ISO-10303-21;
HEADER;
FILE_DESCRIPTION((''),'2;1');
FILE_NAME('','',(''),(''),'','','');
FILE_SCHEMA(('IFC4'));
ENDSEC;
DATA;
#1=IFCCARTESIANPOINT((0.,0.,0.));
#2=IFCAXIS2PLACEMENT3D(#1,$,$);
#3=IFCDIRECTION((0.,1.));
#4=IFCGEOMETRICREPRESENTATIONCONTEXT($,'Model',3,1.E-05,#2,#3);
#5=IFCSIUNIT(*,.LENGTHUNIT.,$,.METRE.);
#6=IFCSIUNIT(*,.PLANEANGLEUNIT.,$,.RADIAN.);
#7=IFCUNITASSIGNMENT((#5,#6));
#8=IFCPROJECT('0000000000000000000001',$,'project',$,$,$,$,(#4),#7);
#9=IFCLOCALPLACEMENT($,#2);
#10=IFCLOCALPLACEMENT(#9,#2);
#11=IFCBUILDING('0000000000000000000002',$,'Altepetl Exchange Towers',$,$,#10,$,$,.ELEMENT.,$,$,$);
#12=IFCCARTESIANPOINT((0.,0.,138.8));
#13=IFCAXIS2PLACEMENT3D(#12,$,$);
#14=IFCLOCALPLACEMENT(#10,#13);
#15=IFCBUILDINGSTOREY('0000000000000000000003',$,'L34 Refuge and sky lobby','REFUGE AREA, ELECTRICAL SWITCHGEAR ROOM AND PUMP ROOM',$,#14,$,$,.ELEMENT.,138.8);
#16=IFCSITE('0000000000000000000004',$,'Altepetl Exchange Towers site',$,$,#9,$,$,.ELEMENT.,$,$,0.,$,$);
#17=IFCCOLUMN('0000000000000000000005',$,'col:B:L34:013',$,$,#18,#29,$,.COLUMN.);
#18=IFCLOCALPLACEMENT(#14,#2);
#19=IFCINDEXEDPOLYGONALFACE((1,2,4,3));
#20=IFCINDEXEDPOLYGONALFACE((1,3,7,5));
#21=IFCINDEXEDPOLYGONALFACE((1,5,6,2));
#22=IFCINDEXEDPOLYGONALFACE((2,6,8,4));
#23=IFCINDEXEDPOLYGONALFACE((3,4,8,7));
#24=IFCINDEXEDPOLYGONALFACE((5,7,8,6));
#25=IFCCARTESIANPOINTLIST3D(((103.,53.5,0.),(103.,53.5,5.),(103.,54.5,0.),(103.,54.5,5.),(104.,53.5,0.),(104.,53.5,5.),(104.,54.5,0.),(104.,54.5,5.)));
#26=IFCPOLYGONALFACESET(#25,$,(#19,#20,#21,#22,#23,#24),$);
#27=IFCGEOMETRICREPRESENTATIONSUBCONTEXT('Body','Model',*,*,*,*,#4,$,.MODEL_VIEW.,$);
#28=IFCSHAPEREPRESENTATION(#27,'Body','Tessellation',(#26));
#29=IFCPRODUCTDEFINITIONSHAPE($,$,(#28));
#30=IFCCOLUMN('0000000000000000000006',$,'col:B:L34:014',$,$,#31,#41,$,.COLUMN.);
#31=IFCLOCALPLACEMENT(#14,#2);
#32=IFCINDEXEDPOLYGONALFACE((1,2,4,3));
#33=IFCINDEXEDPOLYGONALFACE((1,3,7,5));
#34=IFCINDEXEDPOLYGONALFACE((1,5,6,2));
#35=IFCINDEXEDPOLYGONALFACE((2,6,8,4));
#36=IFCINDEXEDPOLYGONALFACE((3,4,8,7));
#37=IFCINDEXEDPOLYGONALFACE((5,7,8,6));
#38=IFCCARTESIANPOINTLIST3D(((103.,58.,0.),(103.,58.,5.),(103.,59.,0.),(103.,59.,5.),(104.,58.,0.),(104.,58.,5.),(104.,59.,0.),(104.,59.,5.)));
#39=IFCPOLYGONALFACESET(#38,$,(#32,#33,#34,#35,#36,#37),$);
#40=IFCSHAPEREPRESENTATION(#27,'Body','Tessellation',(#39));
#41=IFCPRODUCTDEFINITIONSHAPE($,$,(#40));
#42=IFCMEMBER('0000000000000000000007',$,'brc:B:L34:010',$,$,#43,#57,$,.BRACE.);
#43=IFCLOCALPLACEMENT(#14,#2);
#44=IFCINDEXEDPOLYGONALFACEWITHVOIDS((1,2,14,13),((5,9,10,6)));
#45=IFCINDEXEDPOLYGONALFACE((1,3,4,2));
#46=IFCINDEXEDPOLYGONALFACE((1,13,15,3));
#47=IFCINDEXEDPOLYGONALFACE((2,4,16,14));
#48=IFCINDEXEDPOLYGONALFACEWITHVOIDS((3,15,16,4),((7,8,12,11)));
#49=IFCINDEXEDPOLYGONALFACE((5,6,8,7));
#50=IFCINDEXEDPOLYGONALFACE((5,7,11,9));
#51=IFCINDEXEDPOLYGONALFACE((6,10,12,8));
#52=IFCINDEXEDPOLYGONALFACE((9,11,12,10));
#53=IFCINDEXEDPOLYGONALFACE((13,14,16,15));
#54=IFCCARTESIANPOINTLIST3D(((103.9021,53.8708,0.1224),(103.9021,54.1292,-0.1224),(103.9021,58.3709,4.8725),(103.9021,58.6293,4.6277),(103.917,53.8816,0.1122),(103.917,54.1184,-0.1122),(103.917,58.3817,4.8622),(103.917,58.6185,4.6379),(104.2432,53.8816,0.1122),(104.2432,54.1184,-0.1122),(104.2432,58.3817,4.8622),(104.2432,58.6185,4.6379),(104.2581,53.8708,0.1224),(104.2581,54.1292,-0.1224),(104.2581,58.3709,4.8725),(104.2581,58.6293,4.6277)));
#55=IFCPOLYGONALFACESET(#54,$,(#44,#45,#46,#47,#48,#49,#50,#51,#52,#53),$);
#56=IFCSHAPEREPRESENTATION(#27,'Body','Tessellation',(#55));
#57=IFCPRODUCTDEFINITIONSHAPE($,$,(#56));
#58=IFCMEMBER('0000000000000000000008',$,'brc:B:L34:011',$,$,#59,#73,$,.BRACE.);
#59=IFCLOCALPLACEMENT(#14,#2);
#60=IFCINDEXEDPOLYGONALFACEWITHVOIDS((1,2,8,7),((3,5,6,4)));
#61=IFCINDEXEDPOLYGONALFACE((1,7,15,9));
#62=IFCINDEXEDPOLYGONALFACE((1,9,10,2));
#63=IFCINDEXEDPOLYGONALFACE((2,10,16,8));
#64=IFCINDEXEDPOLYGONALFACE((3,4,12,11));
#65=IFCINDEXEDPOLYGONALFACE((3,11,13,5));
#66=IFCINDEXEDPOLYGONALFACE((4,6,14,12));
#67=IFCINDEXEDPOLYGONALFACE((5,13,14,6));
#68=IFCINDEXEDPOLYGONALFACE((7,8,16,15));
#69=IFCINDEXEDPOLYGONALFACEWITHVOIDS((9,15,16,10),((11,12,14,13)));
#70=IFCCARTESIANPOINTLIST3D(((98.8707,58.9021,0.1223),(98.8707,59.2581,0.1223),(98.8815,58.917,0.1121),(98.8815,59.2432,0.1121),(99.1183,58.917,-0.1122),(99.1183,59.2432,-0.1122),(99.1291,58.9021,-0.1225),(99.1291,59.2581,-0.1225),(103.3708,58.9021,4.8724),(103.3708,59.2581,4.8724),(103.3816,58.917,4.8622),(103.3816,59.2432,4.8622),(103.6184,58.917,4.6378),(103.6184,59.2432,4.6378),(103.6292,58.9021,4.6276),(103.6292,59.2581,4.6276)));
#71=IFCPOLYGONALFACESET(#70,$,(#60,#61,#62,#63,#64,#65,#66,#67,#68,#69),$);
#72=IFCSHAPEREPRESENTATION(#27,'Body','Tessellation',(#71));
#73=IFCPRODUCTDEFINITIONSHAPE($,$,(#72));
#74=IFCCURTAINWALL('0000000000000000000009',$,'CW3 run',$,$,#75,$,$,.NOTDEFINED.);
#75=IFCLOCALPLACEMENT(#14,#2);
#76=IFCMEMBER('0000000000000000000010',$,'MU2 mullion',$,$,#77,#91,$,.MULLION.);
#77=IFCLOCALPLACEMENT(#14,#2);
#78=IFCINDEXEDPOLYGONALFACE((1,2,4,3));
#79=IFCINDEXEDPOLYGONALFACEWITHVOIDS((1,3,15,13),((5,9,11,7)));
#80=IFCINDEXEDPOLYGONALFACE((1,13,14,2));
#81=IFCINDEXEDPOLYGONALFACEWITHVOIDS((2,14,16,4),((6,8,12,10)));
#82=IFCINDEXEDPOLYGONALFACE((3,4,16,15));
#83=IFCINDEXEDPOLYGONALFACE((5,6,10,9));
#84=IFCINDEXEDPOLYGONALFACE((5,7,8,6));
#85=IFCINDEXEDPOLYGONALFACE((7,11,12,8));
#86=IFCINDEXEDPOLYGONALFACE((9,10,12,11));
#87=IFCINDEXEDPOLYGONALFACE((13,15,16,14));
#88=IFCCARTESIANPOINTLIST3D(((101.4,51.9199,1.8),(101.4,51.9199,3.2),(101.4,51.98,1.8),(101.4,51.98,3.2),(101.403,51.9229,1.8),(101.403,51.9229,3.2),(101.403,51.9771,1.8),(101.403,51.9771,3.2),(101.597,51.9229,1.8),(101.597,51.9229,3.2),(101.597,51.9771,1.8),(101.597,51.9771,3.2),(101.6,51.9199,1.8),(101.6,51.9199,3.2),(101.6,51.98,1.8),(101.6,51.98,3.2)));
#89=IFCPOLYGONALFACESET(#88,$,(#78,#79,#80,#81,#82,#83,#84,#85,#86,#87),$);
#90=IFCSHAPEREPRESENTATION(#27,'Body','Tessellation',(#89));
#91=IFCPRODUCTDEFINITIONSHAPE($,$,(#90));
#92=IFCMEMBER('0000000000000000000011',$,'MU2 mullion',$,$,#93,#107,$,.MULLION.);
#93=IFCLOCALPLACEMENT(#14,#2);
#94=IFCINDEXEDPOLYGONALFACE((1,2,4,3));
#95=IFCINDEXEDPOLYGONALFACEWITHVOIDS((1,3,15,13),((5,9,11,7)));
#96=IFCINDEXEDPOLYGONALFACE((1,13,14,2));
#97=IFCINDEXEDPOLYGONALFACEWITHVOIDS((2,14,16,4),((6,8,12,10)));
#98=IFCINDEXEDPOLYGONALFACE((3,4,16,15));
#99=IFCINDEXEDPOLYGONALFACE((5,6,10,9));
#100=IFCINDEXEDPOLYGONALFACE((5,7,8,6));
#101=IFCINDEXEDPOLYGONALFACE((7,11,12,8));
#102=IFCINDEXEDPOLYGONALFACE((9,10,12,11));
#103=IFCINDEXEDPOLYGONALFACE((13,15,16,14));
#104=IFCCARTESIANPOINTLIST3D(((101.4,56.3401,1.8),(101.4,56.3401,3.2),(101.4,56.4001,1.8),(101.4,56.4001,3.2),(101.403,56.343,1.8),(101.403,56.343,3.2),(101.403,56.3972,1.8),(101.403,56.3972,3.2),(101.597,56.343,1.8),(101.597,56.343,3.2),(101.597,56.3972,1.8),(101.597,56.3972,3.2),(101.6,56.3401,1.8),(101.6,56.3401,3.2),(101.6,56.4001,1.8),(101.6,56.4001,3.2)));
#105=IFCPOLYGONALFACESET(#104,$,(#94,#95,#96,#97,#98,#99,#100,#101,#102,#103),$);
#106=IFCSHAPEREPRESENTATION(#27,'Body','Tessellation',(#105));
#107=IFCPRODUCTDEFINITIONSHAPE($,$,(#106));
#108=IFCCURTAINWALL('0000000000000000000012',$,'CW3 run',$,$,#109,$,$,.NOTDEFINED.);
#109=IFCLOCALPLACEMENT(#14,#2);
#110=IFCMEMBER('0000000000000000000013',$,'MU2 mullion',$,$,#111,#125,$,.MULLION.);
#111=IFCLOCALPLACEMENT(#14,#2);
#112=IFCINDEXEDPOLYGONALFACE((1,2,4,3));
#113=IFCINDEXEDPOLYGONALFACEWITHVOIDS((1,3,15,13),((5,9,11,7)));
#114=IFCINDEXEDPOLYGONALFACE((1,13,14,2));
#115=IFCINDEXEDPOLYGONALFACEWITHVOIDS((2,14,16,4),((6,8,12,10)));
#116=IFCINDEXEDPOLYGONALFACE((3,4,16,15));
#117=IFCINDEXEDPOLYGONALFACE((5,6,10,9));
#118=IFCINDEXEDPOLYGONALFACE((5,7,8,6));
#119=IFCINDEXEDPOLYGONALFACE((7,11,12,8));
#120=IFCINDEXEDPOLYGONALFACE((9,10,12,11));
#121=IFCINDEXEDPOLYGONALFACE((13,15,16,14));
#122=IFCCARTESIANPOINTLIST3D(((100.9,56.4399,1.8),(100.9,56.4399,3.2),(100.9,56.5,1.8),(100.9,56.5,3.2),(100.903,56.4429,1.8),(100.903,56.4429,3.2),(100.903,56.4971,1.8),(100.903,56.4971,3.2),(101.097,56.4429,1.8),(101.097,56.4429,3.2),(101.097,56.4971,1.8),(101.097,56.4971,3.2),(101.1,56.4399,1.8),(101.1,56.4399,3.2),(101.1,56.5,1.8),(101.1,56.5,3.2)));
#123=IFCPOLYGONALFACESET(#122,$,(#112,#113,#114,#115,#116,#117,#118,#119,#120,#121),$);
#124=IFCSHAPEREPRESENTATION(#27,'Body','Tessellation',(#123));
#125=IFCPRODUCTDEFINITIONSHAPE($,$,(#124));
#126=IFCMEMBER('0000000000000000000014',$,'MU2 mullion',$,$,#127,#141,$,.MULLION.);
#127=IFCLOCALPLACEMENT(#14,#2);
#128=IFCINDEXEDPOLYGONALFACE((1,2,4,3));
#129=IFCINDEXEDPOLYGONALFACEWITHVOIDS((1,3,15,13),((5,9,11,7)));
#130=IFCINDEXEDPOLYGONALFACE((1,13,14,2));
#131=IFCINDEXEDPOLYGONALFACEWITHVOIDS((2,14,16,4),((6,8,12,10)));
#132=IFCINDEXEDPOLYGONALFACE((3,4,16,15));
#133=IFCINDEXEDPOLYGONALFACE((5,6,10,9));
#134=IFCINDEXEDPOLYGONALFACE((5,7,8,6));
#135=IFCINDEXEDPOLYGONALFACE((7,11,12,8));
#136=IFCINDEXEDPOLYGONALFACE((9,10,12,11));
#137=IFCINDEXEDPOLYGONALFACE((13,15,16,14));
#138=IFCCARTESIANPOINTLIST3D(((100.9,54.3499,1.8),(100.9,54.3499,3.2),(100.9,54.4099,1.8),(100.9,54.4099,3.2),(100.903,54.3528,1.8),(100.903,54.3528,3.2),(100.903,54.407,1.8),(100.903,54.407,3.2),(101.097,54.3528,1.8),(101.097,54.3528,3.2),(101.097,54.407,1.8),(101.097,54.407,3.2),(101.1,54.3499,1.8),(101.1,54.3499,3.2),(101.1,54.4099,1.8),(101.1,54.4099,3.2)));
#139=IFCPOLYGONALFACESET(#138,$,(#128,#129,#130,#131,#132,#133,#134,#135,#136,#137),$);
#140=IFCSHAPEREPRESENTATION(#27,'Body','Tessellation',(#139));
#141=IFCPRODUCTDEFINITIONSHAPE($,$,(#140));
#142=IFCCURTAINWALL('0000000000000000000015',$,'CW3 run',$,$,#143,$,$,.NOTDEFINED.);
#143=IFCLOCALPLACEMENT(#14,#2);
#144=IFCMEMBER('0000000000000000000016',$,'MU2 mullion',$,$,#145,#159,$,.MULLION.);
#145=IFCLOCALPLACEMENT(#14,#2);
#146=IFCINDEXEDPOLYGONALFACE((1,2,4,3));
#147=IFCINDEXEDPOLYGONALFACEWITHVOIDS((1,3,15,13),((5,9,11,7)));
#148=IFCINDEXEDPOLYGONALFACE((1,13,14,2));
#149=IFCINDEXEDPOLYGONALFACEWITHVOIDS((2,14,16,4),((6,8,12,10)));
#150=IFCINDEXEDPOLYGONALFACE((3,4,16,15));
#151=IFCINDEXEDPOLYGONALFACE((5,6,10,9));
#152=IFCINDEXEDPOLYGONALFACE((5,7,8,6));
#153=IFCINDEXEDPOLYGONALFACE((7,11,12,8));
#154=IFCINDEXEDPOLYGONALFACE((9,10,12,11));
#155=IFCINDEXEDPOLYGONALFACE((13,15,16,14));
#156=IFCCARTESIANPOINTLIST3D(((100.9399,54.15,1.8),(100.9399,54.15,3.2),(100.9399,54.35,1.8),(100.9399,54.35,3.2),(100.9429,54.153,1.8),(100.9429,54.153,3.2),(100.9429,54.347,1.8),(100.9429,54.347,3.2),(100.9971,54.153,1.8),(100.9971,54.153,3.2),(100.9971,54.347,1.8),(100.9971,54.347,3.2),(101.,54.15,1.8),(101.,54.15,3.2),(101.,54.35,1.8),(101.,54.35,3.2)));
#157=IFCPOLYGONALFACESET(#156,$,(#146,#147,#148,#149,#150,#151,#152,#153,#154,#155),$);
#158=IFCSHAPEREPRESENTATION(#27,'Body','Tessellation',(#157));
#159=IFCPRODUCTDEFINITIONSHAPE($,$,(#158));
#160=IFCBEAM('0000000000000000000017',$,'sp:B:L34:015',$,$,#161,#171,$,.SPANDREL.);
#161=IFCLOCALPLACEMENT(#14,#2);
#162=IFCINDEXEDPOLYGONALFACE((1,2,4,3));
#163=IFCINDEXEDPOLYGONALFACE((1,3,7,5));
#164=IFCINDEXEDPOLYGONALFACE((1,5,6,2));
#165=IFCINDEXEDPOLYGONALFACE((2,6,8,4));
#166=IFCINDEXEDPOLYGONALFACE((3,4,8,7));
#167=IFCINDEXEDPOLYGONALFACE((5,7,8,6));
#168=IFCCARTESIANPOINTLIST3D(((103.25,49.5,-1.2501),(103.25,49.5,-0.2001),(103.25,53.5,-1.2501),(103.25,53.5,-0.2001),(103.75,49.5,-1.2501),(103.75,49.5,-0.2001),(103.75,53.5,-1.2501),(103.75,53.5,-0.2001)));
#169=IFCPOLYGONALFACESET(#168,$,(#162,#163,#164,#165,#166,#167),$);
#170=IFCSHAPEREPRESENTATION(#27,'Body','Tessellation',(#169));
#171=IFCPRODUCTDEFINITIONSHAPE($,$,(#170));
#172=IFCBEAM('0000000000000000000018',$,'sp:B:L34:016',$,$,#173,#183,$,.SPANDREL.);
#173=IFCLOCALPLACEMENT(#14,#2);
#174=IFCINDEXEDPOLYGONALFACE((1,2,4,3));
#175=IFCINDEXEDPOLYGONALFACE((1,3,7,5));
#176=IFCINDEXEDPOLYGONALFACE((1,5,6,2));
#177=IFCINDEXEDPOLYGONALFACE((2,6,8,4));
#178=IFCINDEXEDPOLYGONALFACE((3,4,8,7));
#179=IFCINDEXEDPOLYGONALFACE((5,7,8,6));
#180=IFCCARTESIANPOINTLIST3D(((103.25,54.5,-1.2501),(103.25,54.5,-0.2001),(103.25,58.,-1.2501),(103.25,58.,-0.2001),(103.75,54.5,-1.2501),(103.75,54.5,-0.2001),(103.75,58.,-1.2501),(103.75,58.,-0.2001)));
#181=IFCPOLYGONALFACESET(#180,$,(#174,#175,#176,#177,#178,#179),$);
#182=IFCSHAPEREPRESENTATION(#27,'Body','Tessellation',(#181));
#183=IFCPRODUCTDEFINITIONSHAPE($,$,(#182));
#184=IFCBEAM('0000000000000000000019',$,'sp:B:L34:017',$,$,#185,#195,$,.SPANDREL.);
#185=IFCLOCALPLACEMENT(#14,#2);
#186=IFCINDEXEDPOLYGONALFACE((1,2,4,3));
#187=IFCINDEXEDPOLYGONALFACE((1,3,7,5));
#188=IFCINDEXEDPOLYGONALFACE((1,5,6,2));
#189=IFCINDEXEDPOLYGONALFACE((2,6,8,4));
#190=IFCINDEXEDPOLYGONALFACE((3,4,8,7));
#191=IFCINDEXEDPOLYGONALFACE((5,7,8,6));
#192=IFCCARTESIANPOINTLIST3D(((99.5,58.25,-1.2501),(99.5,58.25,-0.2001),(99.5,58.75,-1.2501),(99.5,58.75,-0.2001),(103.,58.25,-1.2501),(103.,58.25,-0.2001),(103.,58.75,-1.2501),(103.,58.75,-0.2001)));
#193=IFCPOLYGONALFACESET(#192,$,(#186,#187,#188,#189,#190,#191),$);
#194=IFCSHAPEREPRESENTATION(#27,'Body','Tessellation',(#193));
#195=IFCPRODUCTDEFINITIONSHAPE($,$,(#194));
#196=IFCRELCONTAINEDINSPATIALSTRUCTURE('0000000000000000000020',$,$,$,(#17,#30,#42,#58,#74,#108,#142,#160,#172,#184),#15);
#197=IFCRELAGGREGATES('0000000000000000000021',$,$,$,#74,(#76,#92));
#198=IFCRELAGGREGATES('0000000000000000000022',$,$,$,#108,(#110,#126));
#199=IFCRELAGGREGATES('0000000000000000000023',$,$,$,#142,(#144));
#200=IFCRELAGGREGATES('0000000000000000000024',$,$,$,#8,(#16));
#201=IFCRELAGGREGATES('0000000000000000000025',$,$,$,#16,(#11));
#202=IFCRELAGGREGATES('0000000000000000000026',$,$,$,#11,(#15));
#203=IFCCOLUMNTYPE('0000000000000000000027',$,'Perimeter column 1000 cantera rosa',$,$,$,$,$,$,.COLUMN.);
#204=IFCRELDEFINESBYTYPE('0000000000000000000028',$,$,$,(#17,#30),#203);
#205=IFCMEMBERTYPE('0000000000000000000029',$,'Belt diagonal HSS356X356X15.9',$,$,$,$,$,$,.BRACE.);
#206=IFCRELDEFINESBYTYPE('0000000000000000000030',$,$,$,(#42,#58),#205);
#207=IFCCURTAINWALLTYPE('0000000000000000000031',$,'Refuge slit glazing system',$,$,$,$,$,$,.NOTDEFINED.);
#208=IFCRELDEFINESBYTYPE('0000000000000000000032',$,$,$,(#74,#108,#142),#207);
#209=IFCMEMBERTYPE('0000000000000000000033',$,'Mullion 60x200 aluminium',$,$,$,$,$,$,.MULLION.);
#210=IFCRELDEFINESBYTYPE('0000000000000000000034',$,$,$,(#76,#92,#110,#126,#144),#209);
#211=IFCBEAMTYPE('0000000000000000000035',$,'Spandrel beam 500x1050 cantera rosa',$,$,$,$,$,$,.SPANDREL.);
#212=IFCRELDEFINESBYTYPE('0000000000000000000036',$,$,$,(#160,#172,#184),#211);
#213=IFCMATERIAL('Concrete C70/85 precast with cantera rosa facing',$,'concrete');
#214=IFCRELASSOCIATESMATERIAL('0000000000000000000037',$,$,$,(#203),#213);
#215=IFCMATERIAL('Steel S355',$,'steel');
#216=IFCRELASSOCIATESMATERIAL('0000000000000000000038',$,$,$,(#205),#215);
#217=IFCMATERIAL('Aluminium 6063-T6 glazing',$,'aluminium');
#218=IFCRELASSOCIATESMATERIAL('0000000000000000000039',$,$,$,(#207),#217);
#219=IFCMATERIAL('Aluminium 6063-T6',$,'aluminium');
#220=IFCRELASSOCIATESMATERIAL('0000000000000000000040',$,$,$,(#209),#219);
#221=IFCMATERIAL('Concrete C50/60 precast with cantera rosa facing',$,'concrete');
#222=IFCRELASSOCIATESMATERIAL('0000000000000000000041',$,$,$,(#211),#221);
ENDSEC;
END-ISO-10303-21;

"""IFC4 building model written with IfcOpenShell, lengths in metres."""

from ifc_helpers import new_model, si_unit, direction, frame, origin, origin_2d, place, context, subcontext, project, spatial, rectangle, hollow_rectangle, extrude, material, material_profile, profile_set, type_object, element, aggregate, save


model = new_model("IFC4")

# Units and contexts
model_context = context("Model", 3, precision=1e-05, world=origin(), true_north=direction((0.0, 1.0)))
body_context = subcontext(model_context, "Body", "Model", "MODEL_VIEW")
ifc_project = project(units=[si_unit("LENGTHUNIT", "METRE"), si_unit("PLANEANGLEUNIT", "RADIAN")], contexts=[model_context])

# Site, building, storey
site_placement = place(None, origin())
site = spatial("IfcSite", under=ifc_project, at=site_placement, Name="Altepetl Exchange Towers site", CompositionType="ELEMENT", RefElevation=0.0)
building_placement = place(site_placement, origin())
building = spatial("IfcBuilding", under=site, at=building_placement, Name="Altepetl Exchange Towers", CompositionType="ELEMENT")
storey_placement = place(building_placement, frame((0.0, 0.0, 138.8)))
storey = spatial("IfcBuildingStorey", under=building, at=storey_placement, Name="L34 Refuge and sky lobby", Description="REFUGE AREA, ELECTRICAL SWITCHGEAR ROOM AND PUMP ROOM", CompositionType="ELEMENT", Elevation=138.8)

# Columns
ifc_material_1 = material(Name="Concrete C70/85 precast with cantera rosa facing", Category="concrete")
ifc_material_profile_1 = material_profile(ifc_material_1, rectangle(XDim=1.0, YDim=1.0, at=origin_2d()), Name="1000 x 1000")
ifc_profile_set_1 = profile_set([ifc_material_profile_1], Name="Concrete C70/85 precast with cantera rosa facing")
column_type = type_object("IfcColumnType", Name="Perimeter column 1000 cantera rosa", PredefinedType="COLUMN", material=ifc_profile_set_1)
for number, where, name in (
    (1, (103.5, 54.0, 0.0), "col:B:L34:013"),
    (2, (103.5, 58.5, 0.0), "col:B:L34:014"),
):
    element("IfcColumn", number, at=place(storey_placement, frame(where)), inside=storey, type_object=column_type, Name=name, PredefinedType="COLUMN", context=body_context, shape_type="SweptSolid", body=[
        extrude(rectangle(XDim=1.0, YDim=1.0, at=origin_2d()), origin(), (0.0, 0.0, 1.0), 5.0),
    ])

# Members
ifc_material_2 = material(Name="Steel S355", Category="steel")
ifc_material_profile_2 = material_profile(ifc_material_2, hollow_rectangle(XDim=0.356, YDim=0.356, WallThickness=0.0149, at=origin_2d()), Name="HSS356X356X15.9")
ifc_profile_set_2 = profile_set([ifc_material_profile_2], Name="Steel S355")
member_type_1 = type_object("IfcMemberType", Name="Belt diagonal HSS356X356X15.9", PredefinedType="BRACE", material=ifc_profile_set_2)
for number, where, z_axis, x_axis, name in (
    (3, (104.0801, 54.0, 0.0), (0.0, 0.687745, 0.725953), (-1.0, 0.0, 0.0), "brc:B:L34:010"),
    (4, (103.5, 59.0801, 4.75), (-0.687745, 0.0, -0.725953), (0.0, -1.0, 0.0), "brc:B:L34:011"),
):
    element("IfcMember", number, at=place(storey_placement, frame(where, z_axis=z_axis, x_axis=x_axis)), inside=storey, type_object=member_type_1, Name=name, PredefinedType="BRACE", context=body_context, shape_type="SweptSolid", body=[
        extrude(hollow_rectangle(XDim=0.356, YDim=0.356, WallThickness=0.0149, at=origin_2d()), origin(), (0.0, 0.0, 1.0), 6.5432),
    ])

# Curtain walls, members
ifc_material_3 = material(Name="Aluminium 6063-T6 glazing", Category="aluminium")
curtain_wall_type = type_object("IfcCurtainWallType", Name="Refuge slit glazing system", PredefinedType="NOTDEFINED", material=ifc_material_3)
curtain_wall_1_placement = place(storey_placement, origin())
curtain_wall_1 = element("IfcCurtainWall", 5, at=curtain_wall_1_placement, inside=storey, type_object=curtain_wall_type, Name="CW3 run", PredefinedType="NOTDEFINED")
ifc_material_4 = material(Name="Aluminium 6063-T6", Category="aluminium")
ifc_material_profile_3 = material_profile(ifc_material_4, hollow_rectangle(XDim=0.0601, YDim=0.2, WallThickness=0.0029, at=origin_2d()), Name="Mullion 60x200 aluminium")
ifc_profile_set_3 = profile_set([ifc_material_profile_3], Name="Aluminium 6063-T6")
member_type_2 = type_object("IfcMemberType", Name="Mullion 60x200 aluminium", PredefinedType="MULLION", material=ifc_profile_set_3)
member_1_placement = place(storey_placement, frame((101.5, 51.95, 1.8), z_axis=(0.0, 0.0, 1.0), x_axis=(0.0, 1.0, 0.0)))
member_1 = element("IfcMember", 6, at=member_1_placement, type_object=member_type_2, Name="MU2 mullion", PredefinedType="MULLION", context=body_context, shape_type="SweptSolid", body=[
    extrude(hollow_rectangle(XDim=0.0601, YDim=0.2, WallThickness=0.0029, at=origin_2d()), origin(), (0.0, 0.0, 1.0), 1.3999),
])
member_2_placement = place(storey_placement, frame((101.5, 56.3701, 1.8), z_axis=(0.0, 0.0, 1.0), x_axis=(0.0, 1.0, 0.0)))
member_2 = element("IfcMember", 7, at=member_2_placement, type_object=member_type_2, Name="MU2 mullion", PredefinedType="MULLION", context=body_context, shape_type="SweptSolid", body=[
    extrude(hollow_rectangle(XDim=0.0601, YDim=0.2, WallThickness=0.0029, at=origin_2d()), origin(), (0.0, 0.0, 1.0), 1.3999),
])
curtain_wall_2_placement = place(storey_placement, origin())
curtain_wall_2 = element("IfcCurtainWall", 8, at=curtain_wall_2_placement, inside=storey, type_object=curtain_wall_type, Name="CW3 run", PredefinedType="NOTDEFINED")
member_3_placement = place(storey_placement, frame((101.0, 56.47, 1.8), z_axis=(0.0, 0.0, 1.0), x_axis=(0.0, -1.0, 0.0)))
member_3 = element("IfcMember", 9, at=member_3_placement, type_object=member_type_2, Name="MU2 mullion", PredefinedType="MULLION", context=body_context, shape_type="SweptSolid", body=[
    extrude(hollow_rectangle(XDim=0.0601, YDim=0.2, WallThickness=0.0029, at=origin_2d()), origin(), (0.0, 0.0, 1.0), 1.3999),
])
member_4_placement = place(storey_placement, frame((101.0, 54.3799, 1.8), z_axis=(0.0, 0.0, 1.0), x_axis=(0.0, -1.0, 0.0)))
member_4 = element("IfcMember", 10, at=member_4_placement, type_object=member_type_2, Name="MU2 mullion", PredefinedType="MULLION", context=body_context, shape_type="SweptSolid", body=[
    extrude(hollow_rectangle(XDim=0.0601, YDim=0.2, WallThickness=0.0029, at=origin_2d()), origin(), (0.0, 0.0, 1.0), 1.3999),
])

# Curtain wall, member
curtain_wall_3_placement = place(storey_placement, origin())
curtain_wall_3 = element("IfcCurtainWall", 11, at=curtain_wall_3_placement, inside=storey, type_object=curtain_wall_type, Name="CW3 run", PredefinedType="NOTDEFINED")
member_5_placement = place(storey_placement, frame((100.97, 54.25, 1.8), z_axis=(0.0, 0.0, 1.0), x_axis=(-1.0, 0.0, 0.0)))
member_5 = element("IfcMember", 12, at=member_5_placement, type_object=member_type_2, Name="MU2 mullion", PredefinedType="MULLION", context=body_context, shape_type="SweptSolid", body=[
    extrude(hollow_rectangle(XDim=0.0601, YDim=0.2, WallThickness=0.0029, at=origin_2d()), origin(), (0.0, 0.0, 1.0), 1.3999),
])

# Beams
ifc_material_5 = material(Name="Concrete C50/60 precast with cantera rosa facing", Category="concrete")
ifc_material_profile_4 = material_profile(ifc_material_5, rectangle(XDim=0.5, YDim=1.05, at=origin_2d()), Name="500 x 1050")
ifc_profile_set_4 = profile_set([ifc_material_profile_4], Name="Concrete C50/60 precast with cantera rosa facing")
beam_type = type_object("IfcBeamType", Name="Spandrel beam 500x1050 cantera rosa", PredefinedType="SPANDREL", material=ifc_profile_set_4)
beam_placement = place(storey_placement, frame((103.5, 49.5, -0.7251), z_axis=(0.0, 1.0, 0.0), x_axis=(-1.0, 0.0, 0.0)))
element("IfcBeam", 13, at=beam_placement, inside=storey, type_object=beam_type, Name="sp:B:L34:015", PredefinedType="SPANDREL", context=body_context, shape_type="SweptSolid", body=[
    extrude(rectangle(XDim=0.5, YDim=1.05, at=origin_2d()), origin(), (0.0, 0.0, 1.0), 4.0),
])
for number, where, z_axis, x_axis, name in (
    (14, (103.5, 54.5, -0.7251), (0.0, 1.0, 0.0), (-1.0, 0.0, 0.0), "sp:B:L34:016"),
    (15, (103.0, 58.5, -0.7251), (-1.0, 0.0, 0.0), (0.0, -1.0, 0.0), "sp:B:L34:017"),
):
    element("IfcBeam", number, at=place(storey_placement, frame(where, z_axis=z_axis, x_axis=x_axis)), inside=storey, type_object=beam_type, Name=name, PredefinedType="SPANDREL", context=body_context, shape_type="SweptSolid", body=[
        extrude(rectangle(XDim=0.5, YDim=1.05, at=origin_2d()), origin(), (0.0, 0.0, 1.0), 3.5),
    ])

aggregate(curtain_wall_1, [member_1, member_2])
aggregate(curtain_wall_2, [member_3, member_4])
aggregate(curtain_wall_3, [member_5])

save(model, "model.ifc")
